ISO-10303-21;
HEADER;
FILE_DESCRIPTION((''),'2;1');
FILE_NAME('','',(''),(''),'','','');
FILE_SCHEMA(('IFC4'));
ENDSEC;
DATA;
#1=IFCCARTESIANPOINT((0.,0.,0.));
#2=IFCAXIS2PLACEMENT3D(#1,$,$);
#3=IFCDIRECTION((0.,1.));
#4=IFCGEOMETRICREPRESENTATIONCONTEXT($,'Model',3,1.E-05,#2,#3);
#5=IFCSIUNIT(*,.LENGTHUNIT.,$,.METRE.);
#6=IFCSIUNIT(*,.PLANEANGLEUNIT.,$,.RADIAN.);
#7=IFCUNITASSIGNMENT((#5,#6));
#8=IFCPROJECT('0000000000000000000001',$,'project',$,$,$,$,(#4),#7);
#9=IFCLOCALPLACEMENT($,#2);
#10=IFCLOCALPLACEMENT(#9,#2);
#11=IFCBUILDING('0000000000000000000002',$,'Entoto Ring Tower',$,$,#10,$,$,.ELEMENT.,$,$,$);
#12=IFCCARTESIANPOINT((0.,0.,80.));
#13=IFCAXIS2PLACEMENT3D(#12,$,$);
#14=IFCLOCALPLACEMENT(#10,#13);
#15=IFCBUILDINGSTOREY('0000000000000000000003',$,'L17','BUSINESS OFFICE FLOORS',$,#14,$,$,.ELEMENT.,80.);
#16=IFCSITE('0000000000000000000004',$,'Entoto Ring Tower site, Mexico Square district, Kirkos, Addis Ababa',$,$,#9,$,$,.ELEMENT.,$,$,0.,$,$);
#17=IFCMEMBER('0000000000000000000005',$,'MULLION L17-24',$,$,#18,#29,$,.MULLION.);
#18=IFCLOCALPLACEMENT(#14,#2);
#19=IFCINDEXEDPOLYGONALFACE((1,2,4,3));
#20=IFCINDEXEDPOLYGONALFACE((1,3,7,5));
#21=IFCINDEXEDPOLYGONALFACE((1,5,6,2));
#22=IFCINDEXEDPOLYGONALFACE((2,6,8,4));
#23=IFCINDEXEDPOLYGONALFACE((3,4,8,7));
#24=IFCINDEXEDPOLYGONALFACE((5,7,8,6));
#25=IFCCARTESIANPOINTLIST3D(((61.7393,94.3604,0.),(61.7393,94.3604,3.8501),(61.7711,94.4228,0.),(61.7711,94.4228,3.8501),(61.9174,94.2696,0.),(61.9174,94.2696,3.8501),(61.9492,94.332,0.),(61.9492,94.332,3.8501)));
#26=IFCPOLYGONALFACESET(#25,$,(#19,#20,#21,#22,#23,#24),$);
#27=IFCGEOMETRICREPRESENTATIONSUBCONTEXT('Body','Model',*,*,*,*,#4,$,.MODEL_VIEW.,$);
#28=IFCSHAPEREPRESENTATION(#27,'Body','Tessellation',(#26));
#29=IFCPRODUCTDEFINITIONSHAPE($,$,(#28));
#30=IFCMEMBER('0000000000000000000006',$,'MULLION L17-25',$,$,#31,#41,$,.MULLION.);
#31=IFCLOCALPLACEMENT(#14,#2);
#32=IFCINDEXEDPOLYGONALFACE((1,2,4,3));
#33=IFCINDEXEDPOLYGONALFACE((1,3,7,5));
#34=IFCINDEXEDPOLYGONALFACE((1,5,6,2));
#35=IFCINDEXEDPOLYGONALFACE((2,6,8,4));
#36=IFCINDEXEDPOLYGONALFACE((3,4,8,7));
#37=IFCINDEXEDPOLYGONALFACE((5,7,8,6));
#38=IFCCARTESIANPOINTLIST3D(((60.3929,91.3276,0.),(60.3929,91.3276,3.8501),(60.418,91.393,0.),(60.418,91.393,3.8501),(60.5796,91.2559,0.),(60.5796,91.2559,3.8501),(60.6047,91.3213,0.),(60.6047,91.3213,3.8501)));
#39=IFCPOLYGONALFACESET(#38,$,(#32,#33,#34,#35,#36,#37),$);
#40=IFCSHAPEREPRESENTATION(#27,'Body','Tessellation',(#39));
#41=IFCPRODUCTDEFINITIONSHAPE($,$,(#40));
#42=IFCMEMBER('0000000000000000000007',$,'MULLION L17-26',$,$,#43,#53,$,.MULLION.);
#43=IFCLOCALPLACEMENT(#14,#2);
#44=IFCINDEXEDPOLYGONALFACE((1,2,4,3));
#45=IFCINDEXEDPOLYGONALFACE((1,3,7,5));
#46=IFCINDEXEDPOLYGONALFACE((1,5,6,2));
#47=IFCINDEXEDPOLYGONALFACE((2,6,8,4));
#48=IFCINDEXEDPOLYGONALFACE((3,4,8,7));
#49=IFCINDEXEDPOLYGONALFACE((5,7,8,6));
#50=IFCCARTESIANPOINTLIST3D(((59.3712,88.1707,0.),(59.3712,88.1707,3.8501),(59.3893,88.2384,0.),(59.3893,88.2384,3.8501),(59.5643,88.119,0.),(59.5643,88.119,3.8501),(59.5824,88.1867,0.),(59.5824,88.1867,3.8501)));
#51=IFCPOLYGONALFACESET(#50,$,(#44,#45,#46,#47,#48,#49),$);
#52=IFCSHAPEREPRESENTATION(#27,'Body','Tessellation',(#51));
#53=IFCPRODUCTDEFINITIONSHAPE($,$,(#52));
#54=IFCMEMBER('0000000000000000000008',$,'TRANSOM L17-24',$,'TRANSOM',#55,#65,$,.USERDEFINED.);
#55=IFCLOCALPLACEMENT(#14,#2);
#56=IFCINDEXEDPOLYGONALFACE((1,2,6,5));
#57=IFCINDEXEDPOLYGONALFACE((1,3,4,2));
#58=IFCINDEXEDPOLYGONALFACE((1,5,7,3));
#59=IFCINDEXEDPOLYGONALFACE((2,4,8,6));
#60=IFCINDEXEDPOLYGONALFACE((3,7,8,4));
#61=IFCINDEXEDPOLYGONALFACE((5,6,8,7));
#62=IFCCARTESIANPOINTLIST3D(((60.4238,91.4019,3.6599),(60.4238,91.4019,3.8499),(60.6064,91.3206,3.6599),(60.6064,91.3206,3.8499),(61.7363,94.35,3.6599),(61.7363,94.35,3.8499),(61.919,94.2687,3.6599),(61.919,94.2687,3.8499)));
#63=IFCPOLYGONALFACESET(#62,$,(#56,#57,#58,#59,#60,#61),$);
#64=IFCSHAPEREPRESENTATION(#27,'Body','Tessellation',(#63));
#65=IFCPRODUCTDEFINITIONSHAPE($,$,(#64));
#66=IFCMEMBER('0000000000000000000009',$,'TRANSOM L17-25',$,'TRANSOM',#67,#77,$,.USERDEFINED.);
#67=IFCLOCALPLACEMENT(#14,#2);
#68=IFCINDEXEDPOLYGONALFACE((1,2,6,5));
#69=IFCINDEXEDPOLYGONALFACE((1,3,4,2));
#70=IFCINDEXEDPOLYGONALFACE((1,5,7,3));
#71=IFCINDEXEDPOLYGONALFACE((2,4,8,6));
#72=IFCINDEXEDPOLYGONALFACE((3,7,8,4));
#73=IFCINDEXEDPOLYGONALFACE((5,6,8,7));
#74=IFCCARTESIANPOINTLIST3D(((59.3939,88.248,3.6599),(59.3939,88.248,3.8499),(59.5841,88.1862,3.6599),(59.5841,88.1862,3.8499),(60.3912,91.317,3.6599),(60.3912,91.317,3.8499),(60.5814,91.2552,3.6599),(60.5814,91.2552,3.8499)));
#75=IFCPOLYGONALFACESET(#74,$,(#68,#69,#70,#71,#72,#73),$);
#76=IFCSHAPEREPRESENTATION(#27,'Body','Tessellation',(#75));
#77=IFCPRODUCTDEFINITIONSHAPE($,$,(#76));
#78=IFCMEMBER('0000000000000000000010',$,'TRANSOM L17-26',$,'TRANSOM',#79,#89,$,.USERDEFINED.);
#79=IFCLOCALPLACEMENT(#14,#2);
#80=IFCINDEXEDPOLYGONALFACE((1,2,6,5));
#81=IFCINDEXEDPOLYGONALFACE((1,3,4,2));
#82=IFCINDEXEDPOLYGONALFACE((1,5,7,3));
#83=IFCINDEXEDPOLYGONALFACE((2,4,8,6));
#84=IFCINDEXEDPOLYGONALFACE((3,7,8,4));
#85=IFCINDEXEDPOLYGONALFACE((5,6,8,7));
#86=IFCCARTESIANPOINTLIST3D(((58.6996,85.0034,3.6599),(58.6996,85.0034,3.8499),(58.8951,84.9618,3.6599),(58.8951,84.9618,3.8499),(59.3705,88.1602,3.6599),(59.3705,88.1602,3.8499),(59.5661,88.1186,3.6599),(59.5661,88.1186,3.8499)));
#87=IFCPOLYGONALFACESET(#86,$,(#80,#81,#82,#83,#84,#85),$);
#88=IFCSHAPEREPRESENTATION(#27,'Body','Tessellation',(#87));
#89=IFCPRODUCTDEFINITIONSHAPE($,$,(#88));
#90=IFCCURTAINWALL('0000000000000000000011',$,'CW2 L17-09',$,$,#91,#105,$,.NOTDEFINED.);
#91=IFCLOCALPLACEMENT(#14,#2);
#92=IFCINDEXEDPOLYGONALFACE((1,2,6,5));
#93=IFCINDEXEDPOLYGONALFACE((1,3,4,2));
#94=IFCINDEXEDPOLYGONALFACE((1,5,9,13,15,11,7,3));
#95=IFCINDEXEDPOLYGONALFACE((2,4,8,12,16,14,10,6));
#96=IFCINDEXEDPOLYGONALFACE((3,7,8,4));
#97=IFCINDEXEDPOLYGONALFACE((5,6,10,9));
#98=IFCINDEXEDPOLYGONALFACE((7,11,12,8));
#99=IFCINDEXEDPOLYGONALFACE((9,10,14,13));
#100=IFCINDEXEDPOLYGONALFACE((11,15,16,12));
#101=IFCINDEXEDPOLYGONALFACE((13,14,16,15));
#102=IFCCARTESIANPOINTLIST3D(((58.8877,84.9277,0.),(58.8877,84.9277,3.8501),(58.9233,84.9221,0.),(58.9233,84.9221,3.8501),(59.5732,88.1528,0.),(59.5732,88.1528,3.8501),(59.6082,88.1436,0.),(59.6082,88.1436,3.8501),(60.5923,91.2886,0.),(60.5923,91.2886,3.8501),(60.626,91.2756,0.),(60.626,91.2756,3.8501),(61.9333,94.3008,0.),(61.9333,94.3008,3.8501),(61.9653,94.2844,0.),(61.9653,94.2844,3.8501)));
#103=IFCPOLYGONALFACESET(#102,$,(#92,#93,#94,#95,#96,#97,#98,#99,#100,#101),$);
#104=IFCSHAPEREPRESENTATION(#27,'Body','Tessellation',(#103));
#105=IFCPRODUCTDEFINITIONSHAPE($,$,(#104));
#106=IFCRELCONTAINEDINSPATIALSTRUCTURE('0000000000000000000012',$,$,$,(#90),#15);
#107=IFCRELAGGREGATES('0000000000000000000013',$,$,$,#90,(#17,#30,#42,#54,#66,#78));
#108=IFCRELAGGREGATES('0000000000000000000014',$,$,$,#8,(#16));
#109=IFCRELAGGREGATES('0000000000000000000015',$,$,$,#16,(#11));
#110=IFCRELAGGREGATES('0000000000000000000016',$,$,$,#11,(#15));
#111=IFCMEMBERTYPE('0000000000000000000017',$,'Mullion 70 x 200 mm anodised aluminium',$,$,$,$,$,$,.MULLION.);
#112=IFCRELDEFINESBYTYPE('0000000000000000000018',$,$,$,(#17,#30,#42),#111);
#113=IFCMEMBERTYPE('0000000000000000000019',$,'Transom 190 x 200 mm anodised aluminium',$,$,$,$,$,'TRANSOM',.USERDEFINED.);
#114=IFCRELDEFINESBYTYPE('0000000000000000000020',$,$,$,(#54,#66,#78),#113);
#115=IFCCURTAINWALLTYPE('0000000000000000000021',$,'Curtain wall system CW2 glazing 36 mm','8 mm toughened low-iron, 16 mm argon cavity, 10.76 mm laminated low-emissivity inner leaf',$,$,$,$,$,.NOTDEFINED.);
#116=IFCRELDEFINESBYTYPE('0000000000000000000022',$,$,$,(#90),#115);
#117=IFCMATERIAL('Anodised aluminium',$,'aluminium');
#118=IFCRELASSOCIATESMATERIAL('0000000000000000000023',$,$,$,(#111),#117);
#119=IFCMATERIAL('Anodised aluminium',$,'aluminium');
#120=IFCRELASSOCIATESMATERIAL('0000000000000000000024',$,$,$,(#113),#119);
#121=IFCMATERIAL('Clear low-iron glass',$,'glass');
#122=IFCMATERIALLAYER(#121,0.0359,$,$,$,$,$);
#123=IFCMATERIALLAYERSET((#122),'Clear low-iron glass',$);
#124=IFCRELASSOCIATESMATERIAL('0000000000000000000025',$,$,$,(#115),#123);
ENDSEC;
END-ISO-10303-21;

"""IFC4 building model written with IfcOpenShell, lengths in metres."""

from ifc_helpers import new_model, si_unit, direction, frame, origin, origin_2d, place, context, subcontext, project, spatial, polyline, rectangle, outline, extrude, material, layer, layer_set, material_profile, profile_set, type_object, element, aggregate, save


model = new_model("IFC4")

# Units and contexts
model_context = context("Model", 3, precision=1e-05, world=origin(), true_north=direction((0.0, 1.0)))
body_context = subcontext(model_context, "Body", "Model", "MODEL_VIEW")
ifc_project = project(units=[si_unit("LENGTHUNIT", "METRE"), si_unit("PLANEANGLEUNIT", "RADIAN")], contexts=[model_context])

# Members
ifc_material_1 = material(Name="Anodised aluminium", Category="aluminium")
ifc_material_profile_1 = material_profile(ifc_material_1, rectangle(XDim=0.0701, YDim=0.2, at=origin_2d()), Name="Mullion 70 x 200 mm anodised aluminium")
ifc_profile_set_1 = profile_set([ifc_material_profile_1], Name="Anodised aluminium")
member_type_1 = type_object("IfcMemberType", Name="Mullion 70 x 200 mm anodised aluminium", PredefinedType="MULLION", material=ifc_profile_set_1)
site_placement = place(None, origin())
building_placement = place(site_placement, origin())
storey_placement = place(building_placement, frame((0.0, 0.0, 80.0)))
member_1_placement = place(storey_placement, frame((61.8442, 94.3462, 0.0), z_axis=(0.0, 0.0, 1.0), x_axis=(-0.45399, -0.891007, 0.0)))
member_1 = element("IfcMember", 1, at=member_1_placement, type_object=member_type_1, Name="MULLION L17-24", PredefinedType="MULLION", context=body_context, shape_type="SweptSolid", body=[
    extrude(rectangle(XDim=0.0701, YDim=0.2, at=origin_2d()), origin(), (0.0, 0.0, 1.0), 3.8501),
])
member_2_placement = place(storey_placement, frame((60.4988, 91.3245, 0.0), z_axis=(0.0, 0.0, 1.0), x_axis=(-0.358368, -0.93358, 0.0)))
member_2 = element("IfcMember", 2, at=member_2_placement, type_object=member_type_1, Name="MULLION L17-25", PredefinedType="MULLION", context=body_context, shape_type="SweptSolid", body=[
    extrude(rectangle(XDim=0.0701, YDim=0.2, at=origin_2d()), origin(), (0.0, 0.0, 1.0), 3.8501),
])
member_3_placement = place(storey_placement, frame((59.4768, 88.1787, 0.0), z_axis=(0.0, 0.0, 1.0), x_axis=(-0.258819, -0.965926, 0.0)))
member_3 = element("IfcMember", 3, at=member_3_placement, type_object=member_type_1, Name="MULLION L17-26", PredefinedType="MULLION", context=body_context, shape_type="SweptSolid", body=[
    extrude(rectangle(XDim=0.0701, YDim=0.2, at=origin_2d()), origin(), (0.0, 0.0, 1.0), 3.8501),
])
ifc_material_2 = material(Name="Anodised aluminium", Category="aluminium")
ifc_material_profile_2 = material_profile(ifc_material_2, rectangle(XDim=0.2, YDim=0.1899, at=origin_2d()), Name="Transom 190 x 200 mm anodised aluminium")
ifc_profile_set_2 = profile_set([ifc_material_profile_2], Name="Anodised aluminium")
member_type_2 = type_object("IfcMemberType", Name="Transom 190 x 200 mm anodised aluminium", ElementType="TRANSOM", PredefinedType="USERDEFINED", material=ifc_profile_set_2)
member_4_placement = place(storey_placement, frame((61.8276, 94.3093, 3.7549), z_axis=(-0.406728, -0.913549, 0.0), x_axis=(0.913549, -0.406728, 0.0)))
member_4 = element("IfcMember", 4, at=member_4_placement, type_object=member_type_2, Name="TRANSOM L17-24", ObjectType="TRANSOM", PredefinedType="USERDEFINED", context=body_context, shape_type="SweptSolid", body=[
    extrude(rectangle(XDim=0.2, YDim=0.1899, at=origin_2d()), origin(), (0.0, 0.0, 1.0), 3.2271),
])
member_5_placement = place(storey_placement, frame((60.4863, 91.2861, 3.7549), z_axis=(-0.309047, -0.951047, 0.0), x_axis=(0.951047, -0.309047, 0.0)))
member_5 = element("IfcMember", 5, at=member_5_placement, type_object=member_type_2, Name="TRANSOM L17-25", ObjectType="TRANSOM", PredefinedType="USERDEFINED", context=body_context, shape_type="SweptSolid", body=[
    extrude(rectangle(XDim=0.2, YDim=0.1899, at=origin_2d()), origin(), (0.0, 0.0, 1.0), 3.2271),
])
member_6_placement = place(storey_placement, frame((59.4683, 88.1394, 3.7549), z_axis=(-0.207886, -0.978153, 0.0), x_axis=(0.978153, -0.207886, 0.0)))
member_6 = element("IfcMember", 6, at=member_6_placement, type_object=member_type_2, Name="TRANSOM L17-26", ObjectType="TRANSOM", PredefinedType="USERDEFINED", context=body_context, shape_type="SweptSolid", body=[
    extrude(rectangle(XDim=0.2, YDim=0.1899, at=origin_2d()), origin(), (0.0, 0.0, 1.0), 3.2273),
])

# Site, building, storey
site = spatial("IfcSite", under=ifc_project, at=site_placement, Name="Entoto Ring Tower site, Mexico Square district, Kirkos, Addis Ababa", CompositionType="ELEMENT", RefElevation=0.0)
building = spatial("IfcBuilding", under=site, at=building_placement, Name="Entoto Ring Tower", CompositionType="ELEMENT")
storey = spatial("IfcBuildingStorey", under=building, at=storey_placement, Name="L17", Description="BUSINESS OFFICE FLOORS", CompositionType="ELEMENT", Elevation=80.0)

# Curtain wall
ifc_material_3 = material(Name="Clear low-iron glass", Category="glass")
ifc_layer = layer(ifc_material_3, 0.0359)
ifc_layer_set = layer_set([ifc_layer], Name="Clear low-iron glass")
curtain_wall_type = type_object("IfcCurtainWallType", Name="Curtain wall system CW2 glazing 36 mm", Description="8 mm toughened low-iron, 16 mm argon cavity, 10.76 mm laminated low-emissivity inner leaf", PredefinedType="NOTDEFINED", material=ifc_layer_set)
curtain_wall_1_placement = place(storey_placement, origin())
curtain_wall_1 = element("IfcCurtainWall", 7, at=curtain_wall_1_placement, inside=storey, type_object=curtain_wall_type, Name="CW2 L17-09", PredefinedType="NOTDEFINED", context=body_context, shape_type="SweptSolid", body=[
    extrude(outline(polyline([(61.9333, 94.3008), (60.5923, 91.2886), (59.5732, 88.1528), (58.8877, 84.9277), (58.9233, 84.9221), (59.6082, 88.1436), (60.626, 91.2756), (61.9653, 94.2844), (61.9333, 94.3008)])), origin(), (0.0, 0.0, 1.0), 3.8501),
])
aggregate(curtain_wall_1, [member_1, member_2, member_3, member_4, member_5, member_6])

save(model, "model.ifc")
